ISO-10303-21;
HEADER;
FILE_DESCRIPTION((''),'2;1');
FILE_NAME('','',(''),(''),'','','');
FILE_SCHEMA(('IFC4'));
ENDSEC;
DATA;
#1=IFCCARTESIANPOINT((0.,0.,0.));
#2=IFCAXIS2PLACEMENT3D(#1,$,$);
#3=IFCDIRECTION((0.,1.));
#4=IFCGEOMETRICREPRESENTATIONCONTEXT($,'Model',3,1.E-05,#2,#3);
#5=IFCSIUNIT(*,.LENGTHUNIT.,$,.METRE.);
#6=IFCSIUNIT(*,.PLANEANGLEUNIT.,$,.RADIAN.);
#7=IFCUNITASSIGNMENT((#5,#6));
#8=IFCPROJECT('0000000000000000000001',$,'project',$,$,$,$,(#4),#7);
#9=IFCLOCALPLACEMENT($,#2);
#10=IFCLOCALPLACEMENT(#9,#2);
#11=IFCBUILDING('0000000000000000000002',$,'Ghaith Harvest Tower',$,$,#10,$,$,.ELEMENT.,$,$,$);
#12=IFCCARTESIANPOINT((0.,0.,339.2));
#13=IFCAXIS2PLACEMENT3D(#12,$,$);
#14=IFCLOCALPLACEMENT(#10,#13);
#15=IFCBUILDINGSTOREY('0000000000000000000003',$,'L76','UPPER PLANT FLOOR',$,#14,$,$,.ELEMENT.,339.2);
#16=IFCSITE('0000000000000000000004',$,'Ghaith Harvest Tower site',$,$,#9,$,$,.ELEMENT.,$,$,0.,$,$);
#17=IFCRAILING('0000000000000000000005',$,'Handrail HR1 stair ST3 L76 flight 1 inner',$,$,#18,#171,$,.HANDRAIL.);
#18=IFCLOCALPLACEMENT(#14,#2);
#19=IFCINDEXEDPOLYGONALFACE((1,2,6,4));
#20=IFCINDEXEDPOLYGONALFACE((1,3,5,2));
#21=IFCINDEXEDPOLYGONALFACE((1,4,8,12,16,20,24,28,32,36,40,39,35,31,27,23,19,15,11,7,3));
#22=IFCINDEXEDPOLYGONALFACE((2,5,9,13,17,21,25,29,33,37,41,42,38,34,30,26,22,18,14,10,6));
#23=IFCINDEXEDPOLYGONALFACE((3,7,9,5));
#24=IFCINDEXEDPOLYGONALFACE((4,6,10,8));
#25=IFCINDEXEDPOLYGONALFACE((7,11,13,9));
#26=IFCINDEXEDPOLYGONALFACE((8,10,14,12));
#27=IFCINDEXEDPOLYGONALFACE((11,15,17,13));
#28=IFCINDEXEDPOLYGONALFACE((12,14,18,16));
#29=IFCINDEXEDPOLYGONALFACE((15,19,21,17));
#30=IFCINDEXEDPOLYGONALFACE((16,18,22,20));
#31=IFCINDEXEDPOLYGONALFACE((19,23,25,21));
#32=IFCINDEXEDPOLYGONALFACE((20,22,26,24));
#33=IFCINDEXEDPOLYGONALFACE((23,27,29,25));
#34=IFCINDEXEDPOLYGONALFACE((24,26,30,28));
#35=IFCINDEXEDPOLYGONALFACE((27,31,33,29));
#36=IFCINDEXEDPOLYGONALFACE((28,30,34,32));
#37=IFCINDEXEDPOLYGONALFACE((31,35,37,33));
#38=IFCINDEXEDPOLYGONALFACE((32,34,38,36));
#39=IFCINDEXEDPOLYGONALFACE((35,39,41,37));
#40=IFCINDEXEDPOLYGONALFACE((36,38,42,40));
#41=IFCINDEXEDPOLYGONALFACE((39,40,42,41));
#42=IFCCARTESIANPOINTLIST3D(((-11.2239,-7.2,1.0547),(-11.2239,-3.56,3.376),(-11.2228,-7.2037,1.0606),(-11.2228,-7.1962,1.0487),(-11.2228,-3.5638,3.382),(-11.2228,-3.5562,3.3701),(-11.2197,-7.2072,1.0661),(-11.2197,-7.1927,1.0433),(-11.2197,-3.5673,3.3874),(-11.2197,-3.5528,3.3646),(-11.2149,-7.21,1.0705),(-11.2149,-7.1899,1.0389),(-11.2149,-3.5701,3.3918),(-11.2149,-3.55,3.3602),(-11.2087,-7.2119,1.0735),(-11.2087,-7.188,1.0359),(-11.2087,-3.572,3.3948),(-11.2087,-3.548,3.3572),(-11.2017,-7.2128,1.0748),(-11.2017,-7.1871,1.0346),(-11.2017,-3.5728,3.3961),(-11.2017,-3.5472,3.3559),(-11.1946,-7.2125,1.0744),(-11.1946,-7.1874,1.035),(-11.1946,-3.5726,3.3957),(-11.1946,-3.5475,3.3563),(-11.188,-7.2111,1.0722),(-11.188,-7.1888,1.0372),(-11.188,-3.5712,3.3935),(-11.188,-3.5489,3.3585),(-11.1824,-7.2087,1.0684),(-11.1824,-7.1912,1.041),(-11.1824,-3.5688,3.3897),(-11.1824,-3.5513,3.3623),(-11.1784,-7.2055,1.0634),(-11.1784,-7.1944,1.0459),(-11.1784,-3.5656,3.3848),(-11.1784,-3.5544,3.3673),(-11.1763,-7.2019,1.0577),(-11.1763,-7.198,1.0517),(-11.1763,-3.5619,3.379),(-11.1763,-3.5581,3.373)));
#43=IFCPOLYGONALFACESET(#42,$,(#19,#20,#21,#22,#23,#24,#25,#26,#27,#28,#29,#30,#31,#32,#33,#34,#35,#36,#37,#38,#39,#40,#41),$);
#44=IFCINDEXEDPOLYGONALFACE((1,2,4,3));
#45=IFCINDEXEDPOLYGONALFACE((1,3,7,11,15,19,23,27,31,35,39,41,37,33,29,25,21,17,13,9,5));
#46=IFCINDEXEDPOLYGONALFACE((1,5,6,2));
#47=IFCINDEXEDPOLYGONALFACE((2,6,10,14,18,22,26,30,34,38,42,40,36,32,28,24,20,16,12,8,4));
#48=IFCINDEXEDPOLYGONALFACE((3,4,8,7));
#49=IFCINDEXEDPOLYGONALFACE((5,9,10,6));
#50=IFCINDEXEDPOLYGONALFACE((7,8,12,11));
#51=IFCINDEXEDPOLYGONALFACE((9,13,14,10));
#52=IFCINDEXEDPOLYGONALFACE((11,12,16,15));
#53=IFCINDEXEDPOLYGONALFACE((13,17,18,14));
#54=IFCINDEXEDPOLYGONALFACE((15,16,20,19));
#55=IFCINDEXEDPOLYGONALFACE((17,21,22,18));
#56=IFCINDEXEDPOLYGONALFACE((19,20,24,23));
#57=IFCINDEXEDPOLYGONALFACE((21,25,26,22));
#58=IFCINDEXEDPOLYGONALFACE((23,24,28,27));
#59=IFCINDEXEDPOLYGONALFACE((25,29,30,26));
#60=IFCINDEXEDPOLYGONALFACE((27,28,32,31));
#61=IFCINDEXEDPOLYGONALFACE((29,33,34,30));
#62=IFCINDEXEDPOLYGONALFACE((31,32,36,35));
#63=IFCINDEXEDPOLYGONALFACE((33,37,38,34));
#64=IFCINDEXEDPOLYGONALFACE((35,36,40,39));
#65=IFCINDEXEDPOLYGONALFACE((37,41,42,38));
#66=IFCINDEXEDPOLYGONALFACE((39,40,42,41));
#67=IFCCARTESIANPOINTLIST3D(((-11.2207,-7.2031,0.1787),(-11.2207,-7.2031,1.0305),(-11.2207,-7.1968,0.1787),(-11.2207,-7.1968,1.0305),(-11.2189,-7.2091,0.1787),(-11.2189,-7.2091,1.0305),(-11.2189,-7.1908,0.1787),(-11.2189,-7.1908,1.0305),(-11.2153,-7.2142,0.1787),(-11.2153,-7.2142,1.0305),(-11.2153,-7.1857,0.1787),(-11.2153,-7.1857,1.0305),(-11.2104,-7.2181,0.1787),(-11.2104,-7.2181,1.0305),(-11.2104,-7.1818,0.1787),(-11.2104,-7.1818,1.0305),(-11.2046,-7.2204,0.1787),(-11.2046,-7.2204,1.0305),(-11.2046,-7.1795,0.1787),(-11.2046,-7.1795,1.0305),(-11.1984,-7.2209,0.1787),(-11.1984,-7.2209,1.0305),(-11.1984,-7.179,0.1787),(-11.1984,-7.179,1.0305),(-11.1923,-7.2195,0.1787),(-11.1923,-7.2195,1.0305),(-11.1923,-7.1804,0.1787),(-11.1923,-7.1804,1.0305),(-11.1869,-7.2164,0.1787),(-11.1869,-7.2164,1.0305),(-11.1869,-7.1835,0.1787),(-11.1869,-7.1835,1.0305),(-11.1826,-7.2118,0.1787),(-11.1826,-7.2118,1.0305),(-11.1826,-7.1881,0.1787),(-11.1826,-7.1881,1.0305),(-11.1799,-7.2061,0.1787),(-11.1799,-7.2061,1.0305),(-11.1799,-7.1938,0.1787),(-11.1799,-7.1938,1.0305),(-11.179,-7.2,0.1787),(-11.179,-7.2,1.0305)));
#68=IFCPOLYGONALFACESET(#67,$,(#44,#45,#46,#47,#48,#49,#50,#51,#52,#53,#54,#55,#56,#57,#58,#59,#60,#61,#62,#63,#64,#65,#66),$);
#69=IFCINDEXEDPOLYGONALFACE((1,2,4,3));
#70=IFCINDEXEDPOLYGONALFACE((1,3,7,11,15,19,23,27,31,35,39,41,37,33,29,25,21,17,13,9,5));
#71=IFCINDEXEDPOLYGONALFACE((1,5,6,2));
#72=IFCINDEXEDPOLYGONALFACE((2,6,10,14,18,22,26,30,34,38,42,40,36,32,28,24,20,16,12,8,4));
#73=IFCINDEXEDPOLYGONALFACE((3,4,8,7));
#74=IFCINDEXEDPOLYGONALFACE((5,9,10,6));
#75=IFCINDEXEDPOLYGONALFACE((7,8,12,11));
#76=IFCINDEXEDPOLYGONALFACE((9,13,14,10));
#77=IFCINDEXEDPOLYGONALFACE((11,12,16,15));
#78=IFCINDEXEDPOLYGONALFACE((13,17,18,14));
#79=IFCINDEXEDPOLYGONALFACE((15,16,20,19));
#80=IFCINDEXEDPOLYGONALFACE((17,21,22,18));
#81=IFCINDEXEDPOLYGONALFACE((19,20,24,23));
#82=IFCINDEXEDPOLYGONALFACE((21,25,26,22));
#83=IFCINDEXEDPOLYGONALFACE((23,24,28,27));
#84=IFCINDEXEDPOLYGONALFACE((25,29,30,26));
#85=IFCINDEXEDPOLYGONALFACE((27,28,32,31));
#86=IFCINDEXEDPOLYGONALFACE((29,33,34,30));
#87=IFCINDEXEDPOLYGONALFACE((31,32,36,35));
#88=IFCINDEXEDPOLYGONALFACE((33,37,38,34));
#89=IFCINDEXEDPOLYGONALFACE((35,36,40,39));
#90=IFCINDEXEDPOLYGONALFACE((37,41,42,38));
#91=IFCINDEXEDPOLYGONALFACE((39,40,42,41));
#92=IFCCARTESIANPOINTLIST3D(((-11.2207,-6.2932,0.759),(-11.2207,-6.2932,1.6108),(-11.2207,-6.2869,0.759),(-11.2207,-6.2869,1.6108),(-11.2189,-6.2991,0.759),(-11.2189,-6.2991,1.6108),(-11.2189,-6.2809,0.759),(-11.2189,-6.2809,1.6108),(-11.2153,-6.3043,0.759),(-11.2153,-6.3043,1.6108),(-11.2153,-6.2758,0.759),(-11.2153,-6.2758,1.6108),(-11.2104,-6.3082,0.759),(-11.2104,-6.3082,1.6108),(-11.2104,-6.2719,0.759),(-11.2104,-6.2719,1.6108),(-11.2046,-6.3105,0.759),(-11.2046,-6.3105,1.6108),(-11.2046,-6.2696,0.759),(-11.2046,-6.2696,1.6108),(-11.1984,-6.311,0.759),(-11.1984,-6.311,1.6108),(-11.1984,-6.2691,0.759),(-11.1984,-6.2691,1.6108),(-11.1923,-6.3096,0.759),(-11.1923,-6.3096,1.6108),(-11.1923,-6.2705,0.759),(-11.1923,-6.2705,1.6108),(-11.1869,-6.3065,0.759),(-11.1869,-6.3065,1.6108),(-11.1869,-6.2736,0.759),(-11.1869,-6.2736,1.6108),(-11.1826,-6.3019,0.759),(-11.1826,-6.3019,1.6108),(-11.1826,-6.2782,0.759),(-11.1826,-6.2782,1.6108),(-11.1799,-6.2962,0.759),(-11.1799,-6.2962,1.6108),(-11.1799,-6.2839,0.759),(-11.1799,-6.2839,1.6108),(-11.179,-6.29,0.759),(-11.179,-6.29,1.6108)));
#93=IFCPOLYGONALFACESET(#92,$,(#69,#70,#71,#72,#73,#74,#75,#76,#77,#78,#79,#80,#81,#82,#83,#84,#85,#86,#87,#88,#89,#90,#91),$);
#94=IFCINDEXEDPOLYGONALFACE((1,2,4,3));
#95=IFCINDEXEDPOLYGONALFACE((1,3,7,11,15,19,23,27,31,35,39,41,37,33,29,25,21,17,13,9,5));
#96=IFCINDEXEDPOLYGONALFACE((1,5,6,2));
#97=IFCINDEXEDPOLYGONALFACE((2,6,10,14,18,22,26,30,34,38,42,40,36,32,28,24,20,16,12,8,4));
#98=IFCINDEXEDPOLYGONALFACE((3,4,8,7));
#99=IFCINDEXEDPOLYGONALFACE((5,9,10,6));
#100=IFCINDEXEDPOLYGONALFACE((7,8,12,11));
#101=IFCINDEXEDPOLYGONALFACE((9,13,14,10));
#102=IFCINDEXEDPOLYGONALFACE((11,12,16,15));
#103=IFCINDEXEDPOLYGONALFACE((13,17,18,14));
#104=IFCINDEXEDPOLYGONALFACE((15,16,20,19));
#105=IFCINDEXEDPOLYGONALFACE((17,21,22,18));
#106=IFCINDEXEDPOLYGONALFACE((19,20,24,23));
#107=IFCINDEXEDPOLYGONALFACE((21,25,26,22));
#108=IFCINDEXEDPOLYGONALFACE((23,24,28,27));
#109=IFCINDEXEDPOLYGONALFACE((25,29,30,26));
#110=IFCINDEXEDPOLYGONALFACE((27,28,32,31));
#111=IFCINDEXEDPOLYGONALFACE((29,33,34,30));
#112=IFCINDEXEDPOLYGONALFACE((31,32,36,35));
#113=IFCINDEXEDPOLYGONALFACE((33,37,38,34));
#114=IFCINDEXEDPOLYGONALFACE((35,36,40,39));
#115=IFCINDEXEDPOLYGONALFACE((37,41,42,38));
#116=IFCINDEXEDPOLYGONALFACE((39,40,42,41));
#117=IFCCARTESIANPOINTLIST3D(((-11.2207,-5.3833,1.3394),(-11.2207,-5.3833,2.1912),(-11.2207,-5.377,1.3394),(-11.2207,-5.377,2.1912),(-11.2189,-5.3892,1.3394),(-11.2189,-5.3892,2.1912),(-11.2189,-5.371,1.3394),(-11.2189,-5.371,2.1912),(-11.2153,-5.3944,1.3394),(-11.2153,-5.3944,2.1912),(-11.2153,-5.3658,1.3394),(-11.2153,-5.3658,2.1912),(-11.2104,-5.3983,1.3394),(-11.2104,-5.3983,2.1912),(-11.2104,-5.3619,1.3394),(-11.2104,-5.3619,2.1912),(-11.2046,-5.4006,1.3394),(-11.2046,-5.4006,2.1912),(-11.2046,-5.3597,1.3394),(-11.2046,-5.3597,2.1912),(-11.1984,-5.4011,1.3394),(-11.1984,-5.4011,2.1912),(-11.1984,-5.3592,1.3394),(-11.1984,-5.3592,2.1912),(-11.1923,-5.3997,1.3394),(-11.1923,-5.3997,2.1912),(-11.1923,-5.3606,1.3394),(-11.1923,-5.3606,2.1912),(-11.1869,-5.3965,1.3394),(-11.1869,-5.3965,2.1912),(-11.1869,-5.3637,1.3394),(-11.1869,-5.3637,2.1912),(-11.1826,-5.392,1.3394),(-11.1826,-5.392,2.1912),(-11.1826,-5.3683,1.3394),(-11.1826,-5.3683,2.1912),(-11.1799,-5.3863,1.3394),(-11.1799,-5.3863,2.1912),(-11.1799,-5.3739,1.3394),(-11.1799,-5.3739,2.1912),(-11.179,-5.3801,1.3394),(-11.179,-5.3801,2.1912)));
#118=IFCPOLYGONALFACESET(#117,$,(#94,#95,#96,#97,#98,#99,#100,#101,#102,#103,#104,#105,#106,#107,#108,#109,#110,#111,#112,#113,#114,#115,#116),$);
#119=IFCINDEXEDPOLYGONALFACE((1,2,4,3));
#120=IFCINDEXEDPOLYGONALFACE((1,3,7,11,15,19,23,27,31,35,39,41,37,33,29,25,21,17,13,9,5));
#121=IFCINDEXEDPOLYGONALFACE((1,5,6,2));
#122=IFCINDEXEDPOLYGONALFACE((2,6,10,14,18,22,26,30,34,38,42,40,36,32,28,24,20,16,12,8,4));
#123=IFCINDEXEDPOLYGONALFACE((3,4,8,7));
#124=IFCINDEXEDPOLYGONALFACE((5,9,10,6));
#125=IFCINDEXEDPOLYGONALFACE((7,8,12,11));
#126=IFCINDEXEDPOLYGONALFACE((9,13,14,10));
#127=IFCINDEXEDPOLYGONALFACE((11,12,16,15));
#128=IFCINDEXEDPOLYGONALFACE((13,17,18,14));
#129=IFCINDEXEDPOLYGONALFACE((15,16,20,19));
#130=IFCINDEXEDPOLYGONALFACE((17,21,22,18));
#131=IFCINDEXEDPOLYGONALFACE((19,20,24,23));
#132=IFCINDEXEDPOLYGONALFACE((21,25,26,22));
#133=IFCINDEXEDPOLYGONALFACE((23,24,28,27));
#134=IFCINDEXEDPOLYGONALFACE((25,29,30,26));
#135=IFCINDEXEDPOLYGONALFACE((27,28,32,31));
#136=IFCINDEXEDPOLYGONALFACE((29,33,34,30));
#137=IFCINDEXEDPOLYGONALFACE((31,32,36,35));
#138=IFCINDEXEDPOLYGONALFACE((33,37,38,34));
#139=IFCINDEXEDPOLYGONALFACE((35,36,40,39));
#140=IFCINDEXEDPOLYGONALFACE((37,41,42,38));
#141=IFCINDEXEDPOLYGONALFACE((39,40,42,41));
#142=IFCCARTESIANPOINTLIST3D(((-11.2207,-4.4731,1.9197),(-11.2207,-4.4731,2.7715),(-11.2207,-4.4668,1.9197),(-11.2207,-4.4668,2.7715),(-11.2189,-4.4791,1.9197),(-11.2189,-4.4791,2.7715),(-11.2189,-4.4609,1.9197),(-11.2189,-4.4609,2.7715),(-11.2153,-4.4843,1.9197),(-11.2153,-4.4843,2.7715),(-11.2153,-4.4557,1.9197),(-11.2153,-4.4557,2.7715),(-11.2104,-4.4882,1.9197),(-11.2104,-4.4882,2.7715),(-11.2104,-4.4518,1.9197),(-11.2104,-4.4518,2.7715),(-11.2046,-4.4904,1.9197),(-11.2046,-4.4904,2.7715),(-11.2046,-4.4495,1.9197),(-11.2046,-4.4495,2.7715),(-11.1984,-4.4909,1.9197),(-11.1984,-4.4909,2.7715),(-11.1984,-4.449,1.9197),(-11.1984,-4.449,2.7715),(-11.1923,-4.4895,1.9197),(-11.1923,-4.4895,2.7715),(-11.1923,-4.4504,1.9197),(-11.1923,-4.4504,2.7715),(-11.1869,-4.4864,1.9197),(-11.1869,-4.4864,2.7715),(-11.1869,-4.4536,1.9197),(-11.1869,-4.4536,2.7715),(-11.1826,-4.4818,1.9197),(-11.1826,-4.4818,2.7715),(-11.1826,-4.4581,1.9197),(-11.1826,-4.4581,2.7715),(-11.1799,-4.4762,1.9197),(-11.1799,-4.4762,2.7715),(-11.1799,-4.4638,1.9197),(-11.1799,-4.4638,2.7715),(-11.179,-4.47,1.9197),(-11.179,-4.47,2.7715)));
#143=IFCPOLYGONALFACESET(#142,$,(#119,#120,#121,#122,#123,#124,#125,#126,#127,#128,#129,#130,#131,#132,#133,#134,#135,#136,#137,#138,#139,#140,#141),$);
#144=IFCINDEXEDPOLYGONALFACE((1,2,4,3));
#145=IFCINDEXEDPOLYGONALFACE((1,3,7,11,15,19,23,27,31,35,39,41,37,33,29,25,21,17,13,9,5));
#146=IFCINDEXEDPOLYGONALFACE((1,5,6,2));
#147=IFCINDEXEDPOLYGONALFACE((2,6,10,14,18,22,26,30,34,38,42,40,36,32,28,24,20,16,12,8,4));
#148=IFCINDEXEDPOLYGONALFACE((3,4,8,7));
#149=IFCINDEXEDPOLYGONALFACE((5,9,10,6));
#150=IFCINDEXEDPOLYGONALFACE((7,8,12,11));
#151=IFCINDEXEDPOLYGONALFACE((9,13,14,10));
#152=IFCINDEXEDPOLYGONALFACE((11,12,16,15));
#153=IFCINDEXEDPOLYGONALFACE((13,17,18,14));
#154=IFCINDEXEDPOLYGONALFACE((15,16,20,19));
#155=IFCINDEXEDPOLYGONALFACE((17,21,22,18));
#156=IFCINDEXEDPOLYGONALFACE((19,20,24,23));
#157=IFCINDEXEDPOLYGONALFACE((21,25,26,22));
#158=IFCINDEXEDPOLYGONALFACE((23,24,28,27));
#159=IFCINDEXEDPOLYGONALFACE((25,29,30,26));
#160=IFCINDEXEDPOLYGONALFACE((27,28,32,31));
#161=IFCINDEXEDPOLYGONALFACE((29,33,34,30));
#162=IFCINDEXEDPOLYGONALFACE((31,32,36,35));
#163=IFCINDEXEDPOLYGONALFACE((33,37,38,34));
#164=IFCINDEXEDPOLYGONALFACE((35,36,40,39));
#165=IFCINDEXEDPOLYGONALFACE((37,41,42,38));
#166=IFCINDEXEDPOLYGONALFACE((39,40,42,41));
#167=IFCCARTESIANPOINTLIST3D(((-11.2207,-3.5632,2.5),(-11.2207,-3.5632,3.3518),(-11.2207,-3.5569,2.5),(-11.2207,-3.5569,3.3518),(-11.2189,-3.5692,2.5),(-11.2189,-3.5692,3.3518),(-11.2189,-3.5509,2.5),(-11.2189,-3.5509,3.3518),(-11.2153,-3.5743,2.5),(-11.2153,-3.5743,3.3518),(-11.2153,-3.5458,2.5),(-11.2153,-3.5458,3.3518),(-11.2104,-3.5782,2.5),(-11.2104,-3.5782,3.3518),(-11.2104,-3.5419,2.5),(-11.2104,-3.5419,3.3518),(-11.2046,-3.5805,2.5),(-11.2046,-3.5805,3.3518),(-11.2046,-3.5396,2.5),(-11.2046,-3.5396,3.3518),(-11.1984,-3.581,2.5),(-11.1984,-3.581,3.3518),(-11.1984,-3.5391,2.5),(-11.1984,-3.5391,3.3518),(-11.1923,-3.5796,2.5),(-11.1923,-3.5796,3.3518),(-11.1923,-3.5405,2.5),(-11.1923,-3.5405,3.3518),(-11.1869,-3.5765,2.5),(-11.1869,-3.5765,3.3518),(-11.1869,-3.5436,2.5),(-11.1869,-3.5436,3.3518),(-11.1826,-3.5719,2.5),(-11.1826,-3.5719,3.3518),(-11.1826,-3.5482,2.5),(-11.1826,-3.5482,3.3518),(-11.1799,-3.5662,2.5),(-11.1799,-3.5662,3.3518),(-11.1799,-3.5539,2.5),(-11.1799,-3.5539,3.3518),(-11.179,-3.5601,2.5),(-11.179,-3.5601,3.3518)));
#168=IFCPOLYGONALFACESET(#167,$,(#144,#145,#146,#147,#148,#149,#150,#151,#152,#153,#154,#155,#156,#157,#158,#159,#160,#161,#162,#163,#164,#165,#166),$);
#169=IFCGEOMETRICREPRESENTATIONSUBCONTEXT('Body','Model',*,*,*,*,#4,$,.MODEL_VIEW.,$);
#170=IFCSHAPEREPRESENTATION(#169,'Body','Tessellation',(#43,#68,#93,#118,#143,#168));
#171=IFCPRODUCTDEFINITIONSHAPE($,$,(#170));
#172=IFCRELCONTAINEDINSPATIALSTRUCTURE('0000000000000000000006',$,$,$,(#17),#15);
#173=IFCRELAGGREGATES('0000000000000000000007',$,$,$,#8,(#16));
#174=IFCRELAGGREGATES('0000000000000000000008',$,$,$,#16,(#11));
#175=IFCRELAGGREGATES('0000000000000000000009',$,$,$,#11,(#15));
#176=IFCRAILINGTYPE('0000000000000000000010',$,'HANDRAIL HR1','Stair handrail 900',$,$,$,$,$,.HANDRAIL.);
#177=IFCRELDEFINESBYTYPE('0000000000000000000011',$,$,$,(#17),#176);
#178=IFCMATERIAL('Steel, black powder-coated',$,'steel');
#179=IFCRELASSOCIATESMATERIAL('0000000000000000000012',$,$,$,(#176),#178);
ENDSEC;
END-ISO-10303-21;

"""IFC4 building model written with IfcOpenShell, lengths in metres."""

from ifc_helpers import new_model, si_unit, direction, frame, origin, origin_2d, place, context, subcontext, project, spatial, circle, extrude, material, type_object, element, save


model = new_model("IFC4")

# Units and contexts
model_context = context("Model", 3, precision=1e-05, world=origin(), true_north=direction((0.0, 1.0)))
body_context = subcontext(model_context, "Body", "Model", "MODEL_VIEW")
ifc_project = project(units=[si_unit("LENGTHUNIT", "METRE"), si_unit("PLANEANGLEUNIT", "RADIAN")], contexts=[model_context])

# Site, building, storey
site_placement = place(None, origin())
site = spatial("IfcSite", under=ifc_project, at=site_placement, Name="Ghaith Harvest Tower site", CompositionType="ELEMENT", RefElevation=0.0)
building_placement = place(site_placement, origin())
building = spatial("IfcBuilding", under=site, at=building_placement, Name="Ghaith Harvest Tower", CompositionType="ELEMENT")
storey_placement = place(building_placement, frame((0.0, 0.0, 339.2)))
storey = spatial("IfcBuildingStorey", under=building, at=storey_placement, Name="L76", Description="UPPER PLANT FLOOR", CompositionType="ELEMENT", Elevation=339.2)

# Railing
ifc_material_1 = material(Name="Steel, black powder-coated", Category="steel")
railing_type = type_object("IfcRailingType", Name="HANDRAIL HR1", Description="Stair handrail 900", PredefinedType="HANDRAIL", material=ifc_material_1)
railing_1_placement = place(storey_placement, frame((-11.2, -7.2, 0.1787)))
element("IfcRailing", 1, at=railing_1_placement, inside=storey, type_object=railing_type, Name="Handrail HR1 stair ST3 L76 flight 1 inner", PredefinedType="HANDRAIL", context=body_context, shape_type="SweptSolid", body=[
    extrude(circle(Radius=0.0239, at=origin_2d()), frame((0.0, 0.0, 0.876), z_axis=(0.0, 0.843137, 0.537699), x_axis=(-1.0, 0.0, 0.0)), (0.0, 0.0, 1.0), 4.3171),
    extrude(circle(Radius=0.021, at=origin_2d()), origin(), (0.0, 0.0, 1.0), 0.8518),
    extrude(circle(Radius=0.021, at=origin_2d()), frame((0.0, 0.9099, 0.5803)), (0.0, 0.0, 1.0), 0.8518),
    extrude(circle(Radius=0.021, at=origin_2d()), frame((0.0, 1.8198, 1.1606)), (0.0, 0.0, 1.0), 0.8518),
    extrude(circle(Radius=0.021, at=origin_2d()), frame((0.0, 2.73, 1.741)), (0.0, 0.0, 1.0), 0.8518),
    extrude(circle(Radius=0.021, at=origin_2d()), frame((0.0, 3.6399, 2.3213)), (0.0, 0.0, 1.0), 0.8518),
])

save(model, "model.ifc")
